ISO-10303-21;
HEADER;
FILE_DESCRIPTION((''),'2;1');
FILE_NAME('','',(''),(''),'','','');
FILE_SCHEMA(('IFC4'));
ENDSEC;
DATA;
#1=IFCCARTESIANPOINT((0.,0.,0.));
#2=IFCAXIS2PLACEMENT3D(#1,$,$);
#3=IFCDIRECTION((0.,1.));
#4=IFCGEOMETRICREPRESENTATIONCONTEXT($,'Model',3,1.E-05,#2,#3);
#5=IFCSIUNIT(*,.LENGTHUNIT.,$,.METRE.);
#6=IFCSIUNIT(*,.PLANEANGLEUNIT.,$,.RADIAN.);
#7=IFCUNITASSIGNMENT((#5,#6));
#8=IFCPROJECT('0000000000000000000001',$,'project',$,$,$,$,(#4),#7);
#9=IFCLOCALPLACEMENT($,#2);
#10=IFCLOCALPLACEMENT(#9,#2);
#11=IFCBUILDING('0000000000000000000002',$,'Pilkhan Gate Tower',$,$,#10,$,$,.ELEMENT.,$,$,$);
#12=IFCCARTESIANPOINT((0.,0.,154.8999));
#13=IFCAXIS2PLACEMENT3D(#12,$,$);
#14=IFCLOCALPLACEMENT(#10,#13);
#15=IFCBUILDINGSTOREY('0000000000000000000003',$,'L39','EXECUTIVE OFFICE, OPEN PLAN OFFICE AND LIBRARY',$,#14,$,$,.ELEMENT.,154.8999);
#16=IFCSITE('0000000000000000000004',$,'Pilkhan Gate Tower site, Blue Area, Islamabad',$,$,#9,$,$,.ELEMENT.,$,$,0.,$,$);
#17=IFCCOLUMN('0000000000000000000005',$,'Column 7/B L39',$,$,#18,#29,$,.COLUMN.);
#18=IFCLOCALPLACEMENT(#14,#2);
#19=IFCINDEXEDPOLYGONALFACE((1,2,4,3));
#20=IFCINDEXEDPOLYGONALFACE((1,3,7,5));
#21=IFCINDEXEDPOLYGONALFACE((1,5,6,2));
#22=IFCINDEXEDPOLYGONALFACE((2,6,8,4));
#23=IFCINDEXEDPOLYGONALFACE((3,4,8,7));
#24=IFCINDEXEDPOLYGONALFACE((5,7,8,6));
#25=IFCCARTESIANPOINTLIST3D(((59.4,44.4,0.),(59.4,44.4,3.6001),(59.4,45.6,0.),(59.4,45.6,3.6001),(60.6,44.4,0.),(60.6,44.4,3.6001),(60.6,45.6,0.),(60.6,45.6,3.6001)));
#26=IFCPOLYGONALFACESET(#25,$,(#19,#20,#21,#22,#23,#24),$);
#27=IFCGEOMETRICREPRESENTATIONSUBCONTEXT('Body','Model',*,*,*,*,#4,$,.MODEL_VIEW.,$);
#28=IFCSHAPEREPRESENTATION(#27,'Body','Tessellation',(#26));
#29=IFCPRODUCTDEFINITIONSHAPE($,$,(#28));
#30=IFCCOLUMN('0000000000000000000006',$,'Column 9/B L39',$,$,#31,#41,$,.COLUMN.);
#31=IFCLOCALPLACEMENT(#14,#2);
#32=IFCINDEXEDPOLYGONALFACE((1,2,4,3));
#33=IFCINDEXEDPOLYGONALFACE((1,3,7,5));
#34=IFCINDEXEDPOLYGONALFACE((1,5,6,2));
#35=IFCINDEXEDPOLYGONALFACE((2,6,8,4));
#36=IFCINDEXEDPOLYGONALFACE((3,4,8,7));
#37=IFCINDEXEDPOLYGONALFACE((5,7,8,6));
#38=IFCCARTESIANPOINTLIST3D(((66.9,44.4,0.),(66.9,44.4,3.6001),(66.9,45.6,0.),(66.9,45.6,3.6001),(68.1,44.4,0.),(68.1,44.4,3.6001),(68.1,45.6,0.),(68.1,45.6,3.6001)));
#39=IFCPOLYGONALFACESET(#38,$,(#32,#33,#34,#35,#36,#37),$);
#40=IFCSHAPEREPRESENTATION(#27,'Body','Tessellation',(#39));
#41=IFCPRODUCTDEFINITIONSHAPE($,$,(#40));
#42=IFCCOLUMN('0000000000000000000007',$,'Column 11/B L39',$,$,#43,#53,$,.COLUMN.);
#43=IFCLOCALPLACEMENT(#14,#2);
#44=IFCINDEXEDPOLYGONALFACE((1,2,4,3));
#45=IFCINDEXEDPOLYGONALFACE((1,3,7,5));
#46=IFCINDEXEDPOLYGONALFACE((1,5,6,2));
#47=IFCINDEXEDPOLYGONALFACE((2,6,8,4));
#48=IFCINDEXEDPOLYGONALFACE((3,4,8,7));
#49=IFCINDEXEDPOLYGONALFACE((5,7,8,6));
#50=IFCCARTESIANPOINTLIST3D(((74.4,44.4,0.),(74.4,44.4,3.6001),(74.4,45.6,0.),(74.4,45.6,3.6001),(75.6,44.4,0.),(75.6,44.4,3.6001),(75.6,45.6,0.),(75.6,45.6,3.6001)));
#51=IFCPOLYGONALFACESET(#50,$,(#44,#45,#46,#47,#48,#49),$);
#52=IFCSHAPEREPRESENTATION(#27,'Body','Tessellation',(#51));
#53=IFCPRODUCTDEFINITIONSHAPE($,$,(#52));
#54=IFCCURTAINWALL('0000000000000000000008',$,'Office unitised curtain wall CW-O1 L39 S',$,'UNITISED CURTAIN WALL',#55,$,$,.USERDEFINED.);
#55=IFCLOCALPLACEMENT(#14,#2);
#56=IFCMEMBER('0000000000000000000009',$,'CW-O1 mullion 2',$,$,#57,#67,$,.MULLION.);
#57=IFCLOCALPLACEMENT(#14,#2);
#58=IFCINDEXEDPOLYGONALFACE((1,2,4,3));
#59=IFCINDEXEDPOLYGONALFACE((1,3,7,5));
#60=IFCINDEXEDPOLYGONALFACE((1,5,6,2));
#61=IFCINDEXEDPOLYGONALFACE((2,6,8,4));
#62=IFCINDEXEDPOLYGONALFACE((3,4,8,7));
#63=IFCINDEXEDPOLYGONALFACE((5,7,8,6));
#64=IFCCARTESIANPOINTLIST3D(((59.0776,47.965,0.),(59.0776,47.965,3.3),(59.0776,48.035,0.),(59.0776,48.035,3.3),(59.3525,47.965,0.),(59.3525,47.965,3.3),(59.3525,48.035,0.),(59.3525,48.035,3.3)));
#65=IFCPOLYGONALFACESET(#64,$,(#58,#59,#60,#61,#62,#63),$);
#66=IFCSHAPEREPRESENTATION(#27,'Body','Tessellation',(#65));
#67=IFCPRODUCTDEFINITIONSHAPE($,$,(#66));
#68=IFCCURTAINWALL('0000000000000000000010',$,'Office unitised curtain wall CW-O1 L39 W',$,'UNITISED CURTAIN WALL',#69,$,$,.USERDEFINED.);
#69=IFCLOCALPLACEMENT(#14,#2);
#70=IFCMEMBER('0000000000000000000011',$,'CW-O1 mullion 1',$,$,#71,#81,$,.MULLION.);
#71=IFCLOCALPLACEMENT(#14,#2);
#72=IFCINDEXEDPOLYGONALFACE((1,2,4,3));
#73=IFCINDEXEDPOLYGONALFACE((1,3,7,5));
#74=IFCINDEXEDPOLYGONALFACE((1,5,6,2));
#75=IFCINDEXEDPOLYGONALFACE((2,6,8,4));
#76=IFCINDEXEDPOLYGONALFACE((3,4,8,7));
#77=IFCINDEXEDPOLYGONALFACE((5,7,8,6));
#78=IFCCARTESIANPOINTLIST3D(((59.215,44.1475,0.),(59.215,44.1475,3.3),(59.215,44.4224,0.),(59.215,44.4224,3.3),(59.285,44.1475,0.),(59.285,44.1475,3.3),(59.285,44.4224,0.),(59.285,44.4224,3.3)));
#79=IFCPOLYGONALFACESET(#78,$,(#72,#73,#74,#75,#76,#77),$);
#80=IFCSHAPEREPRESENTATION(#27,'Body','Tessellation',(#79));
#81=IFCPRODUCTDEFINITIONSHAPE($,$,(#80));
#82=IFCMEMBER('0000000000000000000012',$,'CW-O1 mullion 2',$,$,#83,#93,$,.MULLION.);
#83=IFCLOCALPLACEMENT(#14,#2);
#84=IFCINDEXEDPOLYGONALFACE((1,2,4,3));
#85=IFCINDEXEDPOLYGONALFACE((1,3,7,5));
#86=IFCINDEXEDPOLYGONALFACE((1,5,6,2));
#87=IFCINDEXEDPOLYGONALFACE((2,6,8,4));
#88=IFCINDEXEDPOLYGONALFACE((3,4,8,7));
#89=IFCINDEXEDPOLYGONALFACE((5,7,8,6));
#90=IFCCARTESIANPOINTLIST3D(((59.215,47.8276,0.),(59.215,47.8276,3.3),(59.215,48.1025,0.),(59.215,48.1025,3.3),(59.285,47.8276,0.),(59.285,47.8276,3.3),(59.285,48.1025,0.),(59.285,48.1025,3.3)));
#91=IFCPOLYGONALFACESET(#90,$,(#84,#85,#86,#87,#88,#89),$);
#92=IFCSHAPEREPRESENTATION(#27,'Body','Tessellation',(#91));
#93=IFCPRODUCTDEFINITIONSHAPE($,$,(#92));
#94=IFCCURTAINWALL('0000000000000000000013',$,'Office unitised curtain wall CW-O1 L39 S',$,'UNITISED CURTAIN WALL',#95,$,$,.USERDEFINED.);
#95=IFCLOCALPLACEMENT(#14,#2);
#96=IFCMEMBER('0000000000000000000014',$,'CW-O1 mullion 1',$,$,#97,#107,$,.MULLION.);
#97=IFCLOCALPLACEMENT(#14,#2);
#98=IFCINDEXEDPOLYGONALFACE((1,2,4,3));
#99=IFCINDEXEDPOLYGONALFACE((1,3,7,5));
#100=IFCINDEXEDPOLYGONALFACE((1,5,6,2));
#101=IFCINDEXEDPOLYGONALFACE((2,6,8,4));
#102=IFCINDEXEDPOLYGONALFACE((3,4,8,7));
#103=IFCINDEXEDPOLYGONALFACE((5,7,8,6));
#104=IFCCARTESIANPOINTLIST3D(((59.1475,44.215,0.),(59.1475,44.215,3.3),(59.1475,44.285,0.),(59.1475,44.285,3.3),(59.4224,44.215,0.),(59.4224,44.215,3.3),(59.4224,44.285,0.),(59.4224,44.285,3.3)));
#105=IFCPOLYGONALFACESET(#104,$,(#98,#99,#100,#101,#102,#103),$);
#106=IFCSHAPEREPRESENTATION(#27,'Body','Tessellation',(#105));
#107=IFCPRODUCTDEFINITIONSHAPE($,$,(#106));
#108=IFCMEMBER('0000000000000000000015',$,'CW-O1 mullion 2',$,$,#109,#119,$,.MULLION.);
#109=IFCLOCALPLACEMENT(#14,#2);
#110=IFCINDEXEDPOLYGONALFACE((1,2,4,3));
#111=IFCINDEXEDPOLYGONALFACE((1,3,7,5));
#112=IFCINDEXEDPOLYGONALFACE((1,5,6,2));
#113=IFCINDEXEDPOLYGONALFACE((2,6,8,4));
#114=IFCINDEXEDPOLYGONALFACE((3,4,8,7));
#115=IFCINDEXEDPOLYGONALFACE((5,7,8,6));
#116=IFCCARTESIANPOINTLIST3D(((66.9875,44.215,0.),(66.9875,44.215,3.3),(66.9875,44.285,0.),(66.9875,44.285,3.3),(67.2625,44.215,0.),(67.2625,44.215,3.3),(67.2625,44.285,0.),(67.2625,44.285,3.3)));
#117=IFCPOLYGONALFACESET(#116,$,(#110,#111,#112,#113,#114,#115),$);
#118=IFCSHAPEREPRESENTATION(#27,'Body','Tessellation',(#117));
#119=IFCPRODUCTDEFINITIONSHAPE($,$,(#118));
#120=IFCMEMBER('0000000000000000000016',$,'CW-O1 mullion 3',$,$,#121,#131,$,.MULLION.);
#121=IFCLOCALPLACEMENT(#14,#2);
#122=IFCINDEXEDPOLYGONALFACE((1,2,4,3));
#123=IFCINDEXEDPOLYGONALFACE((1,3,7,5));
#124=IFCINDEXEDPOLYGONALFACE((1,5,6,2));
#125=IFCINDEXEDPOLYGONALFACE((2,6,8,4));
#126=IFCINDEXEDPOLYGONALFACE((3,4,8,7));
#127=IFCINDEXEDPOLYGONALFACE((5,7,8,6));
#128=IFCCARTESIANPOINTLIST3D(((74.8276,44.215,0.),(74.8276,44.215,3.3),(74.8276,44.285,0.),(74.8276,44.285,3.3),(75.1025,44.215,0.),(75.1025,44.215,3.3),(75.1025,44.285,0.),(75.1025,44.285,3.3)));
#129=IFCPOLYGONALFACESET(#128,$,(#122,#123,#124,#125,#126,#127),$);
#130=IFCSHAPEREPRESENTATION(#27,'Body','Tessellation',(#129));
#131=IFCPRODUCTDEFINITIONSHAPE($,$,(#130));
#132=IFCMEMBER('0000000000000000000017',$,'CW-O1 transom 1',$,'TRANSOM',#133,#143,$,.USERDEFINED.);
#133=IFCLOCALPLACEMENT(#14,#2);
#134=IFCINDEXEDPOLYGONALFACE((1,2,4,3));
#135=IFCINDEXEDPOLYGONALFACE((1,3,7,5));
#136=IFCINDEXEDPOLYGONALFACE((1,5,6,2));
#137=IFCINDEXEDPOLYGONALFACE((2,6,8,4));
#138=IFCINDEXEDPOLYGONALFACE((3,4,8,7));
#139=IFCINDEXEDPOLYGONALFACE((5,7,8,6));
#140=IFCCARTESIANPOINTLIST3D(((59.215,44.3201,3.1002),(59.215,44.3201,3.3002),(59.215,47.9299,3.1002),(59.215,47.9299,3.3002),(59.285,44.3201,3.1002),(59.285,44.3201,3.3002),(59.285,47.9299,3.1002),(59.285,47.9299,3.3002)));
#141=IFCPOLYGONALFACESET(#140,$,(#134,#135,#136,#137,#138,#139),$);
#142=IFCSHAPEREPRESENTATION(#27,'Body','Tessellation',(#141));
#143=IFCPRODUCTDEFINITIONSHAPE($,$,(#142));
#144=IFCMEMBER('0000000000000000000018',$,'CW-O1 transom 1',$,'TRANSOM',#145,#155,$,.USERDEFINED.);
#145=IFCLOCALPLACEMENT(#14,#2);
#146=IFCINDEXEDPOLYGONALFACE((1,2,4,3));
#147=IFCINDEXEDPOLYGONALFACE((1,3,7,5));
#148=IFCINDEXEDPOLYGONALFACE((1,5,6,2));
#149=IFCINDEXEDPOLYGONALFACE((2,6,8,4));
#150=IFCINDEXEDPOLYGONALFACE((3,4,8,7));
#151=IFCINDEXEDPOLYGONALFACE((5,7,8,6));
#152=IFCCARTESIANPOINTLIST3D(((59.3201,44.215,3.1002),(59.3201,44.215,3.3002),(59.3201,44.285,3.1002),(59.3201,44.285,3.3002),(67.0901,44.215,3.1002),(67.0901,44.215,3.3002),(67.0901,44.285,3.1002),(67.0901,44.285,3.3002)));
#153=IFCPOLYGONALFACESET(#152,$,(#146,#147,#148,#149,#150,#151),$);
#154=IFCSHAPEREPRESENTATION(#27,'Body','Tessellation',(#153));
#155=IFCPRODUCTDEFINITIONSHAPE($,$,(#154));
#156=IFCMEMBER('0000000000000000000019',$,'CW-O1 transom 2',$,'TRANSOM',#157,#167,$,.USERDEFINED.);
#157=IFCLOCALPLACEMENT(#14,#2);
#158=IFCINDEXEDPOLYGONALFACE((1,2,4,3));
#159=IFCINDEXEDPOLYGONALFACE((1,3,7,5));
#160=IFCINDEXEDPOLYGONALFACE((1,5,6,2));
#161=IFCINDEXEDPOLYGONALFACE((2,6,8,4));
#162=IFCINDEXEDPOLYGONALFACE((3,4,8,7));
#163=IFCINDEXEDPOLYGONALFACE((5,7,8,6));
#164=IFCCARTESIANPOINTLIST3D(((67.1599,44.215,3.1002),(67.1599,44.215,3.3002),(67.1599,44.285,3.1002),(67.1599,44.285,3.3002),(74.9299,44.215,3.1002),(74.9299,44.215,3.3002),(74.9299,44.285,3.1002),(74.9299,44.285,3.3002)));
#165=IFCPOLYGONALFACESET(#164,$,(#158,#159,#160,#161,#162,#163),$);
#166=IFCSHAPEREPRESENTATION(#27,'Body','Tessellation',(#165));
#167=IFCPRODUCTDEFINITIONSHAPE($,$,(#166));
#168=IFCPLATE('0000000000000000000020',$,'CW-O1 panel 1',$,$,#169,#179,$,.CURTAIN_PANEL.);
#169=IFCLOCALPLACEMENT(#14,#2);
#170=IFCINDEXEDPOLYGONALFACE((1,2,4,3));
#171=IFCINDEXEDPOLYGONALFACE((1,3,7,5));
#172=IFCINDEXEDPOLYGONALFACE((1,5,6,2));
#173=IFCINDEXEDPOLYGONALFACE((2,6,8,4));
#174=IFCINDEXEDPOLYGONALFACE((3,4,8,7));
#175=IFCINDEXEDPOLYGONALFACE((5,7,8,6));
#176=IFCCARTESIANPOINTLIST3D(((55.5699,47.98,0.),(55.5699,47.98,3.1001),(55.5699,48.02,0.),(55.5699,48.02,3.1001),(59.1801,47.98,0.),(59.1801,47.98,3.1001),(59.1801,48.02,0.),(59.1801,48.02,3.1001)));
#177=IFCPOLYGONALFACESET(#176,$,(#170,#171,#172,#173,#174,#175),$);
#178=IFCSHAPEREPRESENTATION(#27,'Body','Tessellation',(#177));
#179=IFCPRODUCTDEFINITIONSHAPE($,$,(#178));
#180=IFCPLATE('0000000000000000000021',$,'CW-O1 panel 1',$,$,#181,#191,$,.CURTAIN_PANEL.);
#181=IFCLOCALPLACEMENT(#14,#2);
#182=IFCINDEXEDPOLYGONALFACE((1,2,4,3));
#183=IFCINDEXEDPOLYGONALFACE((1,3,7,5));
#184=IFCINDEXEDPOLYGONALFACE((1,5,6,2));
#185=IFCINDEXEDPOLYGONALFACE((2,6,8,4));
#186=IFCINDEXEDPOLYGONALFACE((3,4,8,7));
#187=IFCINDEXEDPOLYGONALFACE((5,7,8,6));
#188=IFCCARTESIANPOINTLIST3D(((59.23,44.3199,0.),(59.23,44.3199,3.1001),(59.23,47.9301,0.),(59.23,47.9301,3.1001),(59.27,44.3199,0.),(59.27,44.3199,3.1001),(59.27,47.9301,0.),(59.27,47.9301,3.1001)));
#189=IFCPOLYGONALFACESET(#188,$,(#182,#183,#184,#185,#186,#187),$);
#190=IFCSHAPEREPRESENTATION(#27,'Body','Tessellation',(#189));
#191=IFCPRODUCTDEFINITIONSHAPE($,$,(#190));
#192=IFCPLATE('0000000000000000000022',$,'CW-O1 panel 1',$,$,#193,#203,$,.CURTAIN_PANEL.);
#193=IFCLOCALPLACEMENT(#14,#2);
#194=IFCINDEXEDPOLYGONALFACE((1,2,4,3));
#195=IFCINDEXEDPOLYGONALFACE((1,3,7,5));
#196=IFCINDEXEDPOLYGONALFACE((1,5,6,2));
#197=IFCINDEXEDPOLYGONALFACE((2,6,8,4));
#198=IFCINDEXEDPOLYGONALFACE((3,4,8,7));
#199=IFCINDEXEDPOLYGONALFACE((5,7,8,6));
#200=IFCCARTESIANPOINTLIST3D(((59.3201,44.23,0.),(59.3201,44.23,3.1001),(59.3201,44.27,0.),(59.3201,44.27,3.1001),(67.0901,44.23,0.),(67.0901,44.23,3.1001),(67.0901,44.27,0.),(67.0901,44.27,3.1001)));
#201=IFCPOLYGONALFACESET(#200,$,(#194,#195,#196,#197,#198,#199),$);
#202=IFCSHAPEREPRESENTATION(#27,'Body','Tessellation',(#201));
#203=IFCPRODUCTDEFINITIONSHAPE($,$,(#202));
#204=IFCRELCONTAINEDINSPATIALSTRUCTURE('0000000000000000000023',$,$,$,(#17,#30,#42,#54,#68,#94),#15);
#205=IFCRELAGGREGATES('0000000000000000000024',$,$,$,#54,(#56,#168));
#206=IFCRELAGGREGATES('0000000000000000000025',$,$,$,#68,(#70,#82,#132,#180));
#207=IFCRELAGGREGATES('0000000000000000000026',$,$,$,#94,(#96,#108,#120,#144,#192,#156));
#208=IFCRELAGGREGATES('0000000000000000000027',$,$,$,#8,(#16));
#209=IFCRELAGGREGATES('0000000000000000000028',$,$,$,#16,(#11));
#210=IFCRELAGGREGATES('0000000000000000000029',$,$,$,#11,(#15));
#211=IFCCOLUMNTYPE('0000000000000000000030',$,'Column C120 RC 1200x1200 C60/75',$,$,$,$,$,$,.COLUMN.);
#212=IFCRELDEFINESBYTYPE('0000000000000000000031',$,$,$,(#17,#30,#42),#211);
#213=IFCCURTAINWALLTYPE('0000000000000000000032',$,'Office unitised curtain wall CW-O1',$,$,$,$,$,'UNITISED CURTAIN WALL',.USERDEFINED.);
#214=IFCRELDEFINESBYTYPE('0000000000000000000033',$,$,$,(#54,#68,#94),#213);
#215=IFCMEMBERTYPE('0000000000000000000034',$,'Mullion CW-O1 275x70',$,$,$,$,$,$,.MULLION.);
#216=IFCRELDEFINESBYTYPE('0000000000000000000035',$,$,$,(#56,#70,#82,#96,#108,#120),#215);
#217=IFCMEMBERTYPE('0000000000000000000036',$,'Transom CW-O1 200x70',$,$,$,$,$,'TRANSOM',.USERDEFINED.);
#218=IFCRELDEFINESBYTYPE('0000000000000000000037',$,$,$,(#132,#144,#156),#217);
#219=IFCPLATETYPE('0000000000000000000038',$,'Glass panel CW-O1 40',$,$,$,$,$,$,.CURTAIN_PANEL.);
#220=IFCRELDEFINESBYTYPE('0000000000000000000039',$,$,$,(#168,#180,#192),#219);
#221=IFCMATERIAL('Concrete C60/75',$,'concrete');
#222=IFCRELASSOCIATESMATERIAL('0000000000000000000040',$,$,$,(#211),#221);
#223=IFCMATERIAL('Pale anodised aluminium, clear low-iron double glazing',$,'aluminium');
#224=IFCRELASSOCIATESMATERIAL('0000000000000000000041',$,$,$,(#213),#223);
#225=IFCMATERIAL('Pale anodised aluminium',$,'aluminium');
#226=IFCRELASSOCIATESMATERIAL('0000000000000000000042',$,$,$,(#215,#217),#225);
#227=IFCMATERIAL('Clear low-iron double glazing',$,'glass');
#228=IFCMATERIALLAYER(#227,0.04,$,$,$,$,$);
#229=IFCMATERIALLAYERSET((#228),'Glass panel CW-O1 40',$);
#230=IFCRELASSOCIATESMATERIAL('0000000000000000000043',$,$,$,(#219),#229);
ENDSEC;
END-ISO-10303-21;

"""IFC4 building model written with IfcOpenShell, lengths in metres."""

from ifc_helpers import new_model, si_unit, direction, frame, origin, origin_2d, place, context, subcontext, project, spatial, rectangle, extrude, material, layer, layer_set, material_profile, profile_set, type_object, element, aggregate, save


model = new_model("IFC4")

# Units and contexts
model_context = context("Model", 3, precision=1e-05, world=origin(), true_north=direction((0.0, 1.0)))
body_context = subcontext(model_context, "Body", "Model", "MODEL_VIEW")
ifc_project = project(units=[si_unit("LENGTHUNIT", "METRE"), si_unit("PLANEANGLEUNIT", "RADIAN")], contexts=[model_context])

# Site, building, storey
site_placement = place(None, origin())
site = spatial("IfcSite", under=ifc_project, at=site_placement, Name="Pilkhan Gate Tower site, Blue Area, Islamabad", CompositionType="ELEMENT", RefElevation=0.0)
building_placement = place(site_placement, origin())
building = spatial("IfcBuilding", under=site, at=building_placement, Name="Pilkhan Gate Tower", CompositionType="ELEMENT")
storey_placement = place(building_placement, frame((0.0, 0.0, 154.8999)))
storey = spatial("IfcBuildingStorey", under=building, at=storey_placement, Name="L39", Description="EXECUTIVE OFFICE, OPEN PLAN OFFICE AND LIBRARY", CompositionType="ELEMENT", Elevation=154.8999)

# Columns
ifc_material_1 = material(Name="Concrete C60/75", Category="concrete")
ifc_material_profile_1 = material_profile(ifc_material_1, rectangle(XDim=1.2, YDim=1.2, at=origin_2d()), Name="RC 1200x1200")
ifc_profile_set_1 = profile_set([ifc_material_profile_1], Name="Concrete C60/75")
column_type = type_object("IfcColumnType", Name="Column C120 RC 1200x1200 C60/75", PredefinedType="COLUMN", material=ifc_profile_set_1)
for number, where, z_axis, x_axis, name in (
    (1, (60.0, 45.0, 0.0), (0.0, 0.0, 1.0), (1.0, 0.0, 0.0), "Column 7/B L39"),
    (2, (67.5, 45.0, 0.0), (0.0, 0.0, 1.0), (1.0, 0.0, 0.0), "Column 9/B L39"),
    (3, (75.0, 45.0, 0.0), (0.0, 0.0, 1.0), (1.0, 0.0, 0.0), "Column 11/B L39"),
):
    element("IfcColumn", number, at=place(storey_placement, frame(where, z_axis=z_axis, x_axis=x_axis)), inside=storey, type_object=column_type, Name=name, PredefinedType="COLUMN", context=body_context, shape_type="SweptSolid", body=[
        extrude(rectangle(XDim=1.2, YDim=1.2, at=origin_2d()), origin(), (0.0, 0.0, 1.0), 3.6001),
    ])

# Curtain wall, member
ifc_material_2 = material(Name="Pale anodised aluminium, clear low-iron double glazing", Category="aluminium")
curtain_wall_type = type_object("IfcCurtainWallType", Name="Office unitised curtain wall CW-O1", ElementType="UNITISED CURTAIN WALL", PredefinedType="USERDEFINED", material=ifc_material_2)
curtain_wall_1_placement = place(storey_placement, origin())
curtain_wall_1 = element("IfcCurtainWall", 4, at=curtain_wall_1_placement, inside=storey, type_object=curtain_wall_type, Name="Office unitised curtain wall CW-O1 L39 S", ObjectType="UNITISED CURTAIN WALL", PredefinedType="USERDEFINED")
ifc_material_3 = material(Name="Pale anodised aluminium", Category="aluminium")
ifc_material_profile_2 = material_profile(ifc_material_3, rectangle(XDim=0.0701, YDim=0.2749, at=origin_2d()), Name="Mullion 275x70")
ifc_profile_set_2 = profile_set([ifc_material_profile_2], Name="Pale anodised aluminium")
member_type_1 = type_object("IfcMemberType", Name="Mullion CW-O1 275x70", PredefinedType="MULLION", material=ifc_profile_set_2)
member_1_placement = place(storey_placement, frame((59.2151, 48.0, 0.0), z_axis=(0.0, 0.0, 1.0), x_axis=(0.0, 1.0, 0.0)))
member_1 = element("IfcMember", 5, at=member_1_placement, type_object=member_type_1, Name="CW-O1 mullion 2", PredefinedType="MULLION", context=body_context, shape_type="SweptSolid", body=[
    extrude(rectangle(XDim=0.0701, YDim=0.2749, at=origin_2d()), origin(), (0.0, 0.0, 1.0), 3.3),
])

# Curtain walls, members
curtain_wall_2_placement = place(storey_placement, origin())
curtain_wall_2 = element("IfcCurtainWall", 6, at=curtain_wall_2_placement, inside=storey, type_object=curtain_wall_type, Name="Office unitised curtain wall CW-O1 L39 W", ObjectType="UNITISED CURTAIN WALL", PredefinedType="USERDEFINED")
member_2_placement = place(storey_placement, frame((59.25, 44.2849, 0.0), z_axis=(0.0, 0.0, 1.0), x_axis=(-1.0, 0.0, 0.0)))
member_2 = element("IfcMember", 7, at=member_2_placement, type_object=member_type_1, Name="CW-O1 mullion 1", PredefinedType="MULLION", context=body_context, shape_type="SweptSolid", body=[
    extrude(rectangle(XDim=0.0701, YDim=0.2749, at=origin_2d()), origin(), (0.0, 0.0, 1.0), 3.3),
])
member_3_placement = place(storey_placement, frame((59.25, 47.9651, 0.0), z_axis=(0.0, 0.0, 1.0), x_axis=(-1.0, 0.0, 0.0)))
member_3 = element("IfcMember", 8, at=member_3_placement, type_object=member_type_1, Name="CW-O1 mullion 2", PredefinedType="MULLION", context=body_context, shape_type="SweptSolid", body=[
    extrude(rectangle(XDim=0.0701, YDim=0.2749, at=origin_2d()), origin(), (0.0, 0.0, 1.0), 3.3),
])
curtain_wall_3_placement = place(storey_placement, origin())
curtain_wall_3 = element("IfcCurtainWall", 9, at=curtain_wall_3_placement, inside=storey, type_object=curtain_wall_type, Name="Office unitised curtain wall CW-O1 L39 S", ObjectType="UNITISED CURTAIN WALL", PredefinedType="USERDEFINED")
member_4_placement = place(storey_placement, frame((59.2849, 44.25, 0.0), z_axis=(0.0, 0.0, 1.0), x_axis=(0.0, 1.0, 0.0)))
member_4 = element("IfcMember", 10, at=member_4_placement, type_object=member_type_1, Name="CW-O1 mullion 1", PredefinedType="MULLION", context=body_context, shape_type="SweptSolid", body=[
    extrude(rectangle(XDim=0.0701, YDim=0.2749, at=origin_2d()), origin(), (0.0, 0.0, 1.0), 3.3),
])
member_5_placement = place(storey_placement, frame((67.125, 44.25, 0.0), z_axis=(0.0, 0.0, 1.0), x_axis=(0.0, 1.0, 0.0)))
member_5 = element("IfcMember", 11, at=member_5_placement, type_object=member_type_1, Name="CW-O1 mullion 2", PredefinedType="MULLION", context=body_context, shape_type="SweptSolid", body=[
    extrude(rectangle(XDim=0.0701, YDim=0.2749, at=origin_2d()), origin(), (0.0, 0.0, 1.0), 3.3),
])
member_6_placement = place(storey_placement, frame((74.9651, 44.25, 0.0), z_axis=(0.0, 0.0, 1.0), x_axis=(0.0, 1.0, 0.0)))
member_6 = element("IfcMember", 12, at=member_6_placement, type_object=member_type_1, Name="CW-O1 mullion 3", PredefinedType="MULLION", context=body_context, shape_type="SweptSolid", body=[
    extrude(rectangle(XDim=0.0701, YDim=0.2749, at=origin_2d()), origin(), (0.0, 0.0, 1.0), 3.3),
])

# Members
ifc_material_profile_3 = material_profile(ifc_material_3, rectangle(XDim=0.0701, YDim=0.2, at=origin_2d()), Name="Transom 200x70")
ifc_profile_set_3 = profile_set([ifc_material_profile_3], Name="Pale anodised aluminium")
member_type_2 = type_object("IfcMemberType", Name="Transom CW-O1 200x70", ElementType="TRANSOM", PredefinedType="USERDEFINED", material=ifc_profile_set_3)
member_7_placement = place(storey_placement, frame((59.25, 44.3201, 3.2002), z_axis=(0.0, 1.0, 0.0), x_axis=(-1.0, 0.0, 0.0)))
member_7 = element("IfcMember", 13, at=member_7_placement, type_object=member_type_2, Name="CW-O1 transom 1", ObjectType="TRANSOM", PredefinedType="USERDEFINED", context=body_context, shape_type="SweptSolid", body=[
    extrude(rectangle(XDim=0.0701, YDim=0.2, at=origin_2d()), origin(), (0.0, 0.0, 1.0), 3.6099),
])
member_8_placement = place(storey_placement, frame((59.3201, 44.25, 3.2002), z_axis=(1.0, 0.0, 0.0), x_axis=(0.0, 1.0, 0.0)))
member_8 = element("IfcMember", 14, at=member_8_placement, type_object=member_type_2, Name="CW-O1 transom 1", ObjectType="TRANSOM", PredefinedType="USERDEFINED", context=body_context, shape_type="SweptSolid", body=[
    extrude(rectangle(XDim=0.0701, YDim=0.2, at=origin_2d()), origin(), (0.0, 0.0, 1.0), 7.77),
])
member_9_placement = place(storey_placement, frame((67.1599, 44.25, 3.2002), z_axis=(1.0, 0.0, 0.0), x_axis=(0.0, 1.0, 0.0)))
member_9 = element("IfcMember", 15, at=member_9_placement, type_object=member_type_2, Name="CW-O1 transom 2", ObjectType="TRANSOM", PredefinedType="USERDEFINED", context=body_context, shape_type="SweptSolid", body=[
    extrude(rectangle(XDim=0.0701, YDim=0.2, at=origin_2d()), origin(), (0.0, 0.0, 1.0), 7.77),
])

# Plates
ifc_material_4 = material(Name="Clear low-iron double glazing", Category="glass")
ifc_layer_1 = layer(ifc_material_4, 0.04)
ifc_layer_set_1 = layer_set([ifc_layer_1], Name="Glass panel CW-O1 40")
plate_type = type_object("IfcPlateType", Name="Glass panel CW-O1 40", PredefinedType="CURTAIN_PANEL", material=ifc_layer_set_1)
plate_1_placement = place(storey_placement, frame((57.375, 48.0, 0.0), z_axis=(0.0, 0.0, 1.0), x_axis=(1.0, 0.0, 0.0)))
plate_1 = element("IfcPlate", 16, at=plate_1_placement, type_object=plate_type, Name="CW-O1 panel 1", PredefinedType="CURTAIN_PANEL", context=body_context, shape_type="SweptSolid", body=[
    extrude(rectangle(XDim=3.6101, YDim=0.04, at=origin_2d()), origin(), (0.0, 0.0, 1.0), 3.1001),
])
aggregate(curtain_wall_1, [member_1, plate_1])
plate_2_placement = place(storey_placement, frame((59.25, 46.125, 0.0), z_axis=(0.0, 0.0, 1.0), x_axis=(0.0, 1.0, 0.0)))
plate_2 = element("IfcPlate", 17, at=plate_2_placement, type_object=plate_type, Name="CW-O1 panel 1", PredefinedType="CURTAIN_PANEL", context=body_context, shape_type="SweptSolid", body=[
    extrude(rectangle(XDim=3.6101, YDim=0.04, at=origin_2d()), origin(), (0.0, 0.0, 1.0), 3.1001),
])
aggregate(curtain_wall_2, [member_2, member_3, member_7, plate_2])
plate_3_placement = place(storey_placement, frame((63.2051, 44.25, 0.0), z_axis=(0.0, 0.0, 1.0), x_axis=(1.0, 0.0, 0.0)))
plate_3 = element("IfcPlate", 18, at=plate_3_placement, type_object=plate_type, Name="CW-O1 panel 1", PredefinedType="CURTAIN_PANEL", context=body_context, shape_type="SweptSolid", body=[
    extrude(rectangle(XDim=7.77, YDim=0.04, at=origin_2d()), origin(), (0.0, 0.0, 1.0), 3.1001),
])
aggregate(curtain_wall_3, [member_4, member_5, member_6, member_8, plate_3, member_9])

save(model, "model.ifc")
